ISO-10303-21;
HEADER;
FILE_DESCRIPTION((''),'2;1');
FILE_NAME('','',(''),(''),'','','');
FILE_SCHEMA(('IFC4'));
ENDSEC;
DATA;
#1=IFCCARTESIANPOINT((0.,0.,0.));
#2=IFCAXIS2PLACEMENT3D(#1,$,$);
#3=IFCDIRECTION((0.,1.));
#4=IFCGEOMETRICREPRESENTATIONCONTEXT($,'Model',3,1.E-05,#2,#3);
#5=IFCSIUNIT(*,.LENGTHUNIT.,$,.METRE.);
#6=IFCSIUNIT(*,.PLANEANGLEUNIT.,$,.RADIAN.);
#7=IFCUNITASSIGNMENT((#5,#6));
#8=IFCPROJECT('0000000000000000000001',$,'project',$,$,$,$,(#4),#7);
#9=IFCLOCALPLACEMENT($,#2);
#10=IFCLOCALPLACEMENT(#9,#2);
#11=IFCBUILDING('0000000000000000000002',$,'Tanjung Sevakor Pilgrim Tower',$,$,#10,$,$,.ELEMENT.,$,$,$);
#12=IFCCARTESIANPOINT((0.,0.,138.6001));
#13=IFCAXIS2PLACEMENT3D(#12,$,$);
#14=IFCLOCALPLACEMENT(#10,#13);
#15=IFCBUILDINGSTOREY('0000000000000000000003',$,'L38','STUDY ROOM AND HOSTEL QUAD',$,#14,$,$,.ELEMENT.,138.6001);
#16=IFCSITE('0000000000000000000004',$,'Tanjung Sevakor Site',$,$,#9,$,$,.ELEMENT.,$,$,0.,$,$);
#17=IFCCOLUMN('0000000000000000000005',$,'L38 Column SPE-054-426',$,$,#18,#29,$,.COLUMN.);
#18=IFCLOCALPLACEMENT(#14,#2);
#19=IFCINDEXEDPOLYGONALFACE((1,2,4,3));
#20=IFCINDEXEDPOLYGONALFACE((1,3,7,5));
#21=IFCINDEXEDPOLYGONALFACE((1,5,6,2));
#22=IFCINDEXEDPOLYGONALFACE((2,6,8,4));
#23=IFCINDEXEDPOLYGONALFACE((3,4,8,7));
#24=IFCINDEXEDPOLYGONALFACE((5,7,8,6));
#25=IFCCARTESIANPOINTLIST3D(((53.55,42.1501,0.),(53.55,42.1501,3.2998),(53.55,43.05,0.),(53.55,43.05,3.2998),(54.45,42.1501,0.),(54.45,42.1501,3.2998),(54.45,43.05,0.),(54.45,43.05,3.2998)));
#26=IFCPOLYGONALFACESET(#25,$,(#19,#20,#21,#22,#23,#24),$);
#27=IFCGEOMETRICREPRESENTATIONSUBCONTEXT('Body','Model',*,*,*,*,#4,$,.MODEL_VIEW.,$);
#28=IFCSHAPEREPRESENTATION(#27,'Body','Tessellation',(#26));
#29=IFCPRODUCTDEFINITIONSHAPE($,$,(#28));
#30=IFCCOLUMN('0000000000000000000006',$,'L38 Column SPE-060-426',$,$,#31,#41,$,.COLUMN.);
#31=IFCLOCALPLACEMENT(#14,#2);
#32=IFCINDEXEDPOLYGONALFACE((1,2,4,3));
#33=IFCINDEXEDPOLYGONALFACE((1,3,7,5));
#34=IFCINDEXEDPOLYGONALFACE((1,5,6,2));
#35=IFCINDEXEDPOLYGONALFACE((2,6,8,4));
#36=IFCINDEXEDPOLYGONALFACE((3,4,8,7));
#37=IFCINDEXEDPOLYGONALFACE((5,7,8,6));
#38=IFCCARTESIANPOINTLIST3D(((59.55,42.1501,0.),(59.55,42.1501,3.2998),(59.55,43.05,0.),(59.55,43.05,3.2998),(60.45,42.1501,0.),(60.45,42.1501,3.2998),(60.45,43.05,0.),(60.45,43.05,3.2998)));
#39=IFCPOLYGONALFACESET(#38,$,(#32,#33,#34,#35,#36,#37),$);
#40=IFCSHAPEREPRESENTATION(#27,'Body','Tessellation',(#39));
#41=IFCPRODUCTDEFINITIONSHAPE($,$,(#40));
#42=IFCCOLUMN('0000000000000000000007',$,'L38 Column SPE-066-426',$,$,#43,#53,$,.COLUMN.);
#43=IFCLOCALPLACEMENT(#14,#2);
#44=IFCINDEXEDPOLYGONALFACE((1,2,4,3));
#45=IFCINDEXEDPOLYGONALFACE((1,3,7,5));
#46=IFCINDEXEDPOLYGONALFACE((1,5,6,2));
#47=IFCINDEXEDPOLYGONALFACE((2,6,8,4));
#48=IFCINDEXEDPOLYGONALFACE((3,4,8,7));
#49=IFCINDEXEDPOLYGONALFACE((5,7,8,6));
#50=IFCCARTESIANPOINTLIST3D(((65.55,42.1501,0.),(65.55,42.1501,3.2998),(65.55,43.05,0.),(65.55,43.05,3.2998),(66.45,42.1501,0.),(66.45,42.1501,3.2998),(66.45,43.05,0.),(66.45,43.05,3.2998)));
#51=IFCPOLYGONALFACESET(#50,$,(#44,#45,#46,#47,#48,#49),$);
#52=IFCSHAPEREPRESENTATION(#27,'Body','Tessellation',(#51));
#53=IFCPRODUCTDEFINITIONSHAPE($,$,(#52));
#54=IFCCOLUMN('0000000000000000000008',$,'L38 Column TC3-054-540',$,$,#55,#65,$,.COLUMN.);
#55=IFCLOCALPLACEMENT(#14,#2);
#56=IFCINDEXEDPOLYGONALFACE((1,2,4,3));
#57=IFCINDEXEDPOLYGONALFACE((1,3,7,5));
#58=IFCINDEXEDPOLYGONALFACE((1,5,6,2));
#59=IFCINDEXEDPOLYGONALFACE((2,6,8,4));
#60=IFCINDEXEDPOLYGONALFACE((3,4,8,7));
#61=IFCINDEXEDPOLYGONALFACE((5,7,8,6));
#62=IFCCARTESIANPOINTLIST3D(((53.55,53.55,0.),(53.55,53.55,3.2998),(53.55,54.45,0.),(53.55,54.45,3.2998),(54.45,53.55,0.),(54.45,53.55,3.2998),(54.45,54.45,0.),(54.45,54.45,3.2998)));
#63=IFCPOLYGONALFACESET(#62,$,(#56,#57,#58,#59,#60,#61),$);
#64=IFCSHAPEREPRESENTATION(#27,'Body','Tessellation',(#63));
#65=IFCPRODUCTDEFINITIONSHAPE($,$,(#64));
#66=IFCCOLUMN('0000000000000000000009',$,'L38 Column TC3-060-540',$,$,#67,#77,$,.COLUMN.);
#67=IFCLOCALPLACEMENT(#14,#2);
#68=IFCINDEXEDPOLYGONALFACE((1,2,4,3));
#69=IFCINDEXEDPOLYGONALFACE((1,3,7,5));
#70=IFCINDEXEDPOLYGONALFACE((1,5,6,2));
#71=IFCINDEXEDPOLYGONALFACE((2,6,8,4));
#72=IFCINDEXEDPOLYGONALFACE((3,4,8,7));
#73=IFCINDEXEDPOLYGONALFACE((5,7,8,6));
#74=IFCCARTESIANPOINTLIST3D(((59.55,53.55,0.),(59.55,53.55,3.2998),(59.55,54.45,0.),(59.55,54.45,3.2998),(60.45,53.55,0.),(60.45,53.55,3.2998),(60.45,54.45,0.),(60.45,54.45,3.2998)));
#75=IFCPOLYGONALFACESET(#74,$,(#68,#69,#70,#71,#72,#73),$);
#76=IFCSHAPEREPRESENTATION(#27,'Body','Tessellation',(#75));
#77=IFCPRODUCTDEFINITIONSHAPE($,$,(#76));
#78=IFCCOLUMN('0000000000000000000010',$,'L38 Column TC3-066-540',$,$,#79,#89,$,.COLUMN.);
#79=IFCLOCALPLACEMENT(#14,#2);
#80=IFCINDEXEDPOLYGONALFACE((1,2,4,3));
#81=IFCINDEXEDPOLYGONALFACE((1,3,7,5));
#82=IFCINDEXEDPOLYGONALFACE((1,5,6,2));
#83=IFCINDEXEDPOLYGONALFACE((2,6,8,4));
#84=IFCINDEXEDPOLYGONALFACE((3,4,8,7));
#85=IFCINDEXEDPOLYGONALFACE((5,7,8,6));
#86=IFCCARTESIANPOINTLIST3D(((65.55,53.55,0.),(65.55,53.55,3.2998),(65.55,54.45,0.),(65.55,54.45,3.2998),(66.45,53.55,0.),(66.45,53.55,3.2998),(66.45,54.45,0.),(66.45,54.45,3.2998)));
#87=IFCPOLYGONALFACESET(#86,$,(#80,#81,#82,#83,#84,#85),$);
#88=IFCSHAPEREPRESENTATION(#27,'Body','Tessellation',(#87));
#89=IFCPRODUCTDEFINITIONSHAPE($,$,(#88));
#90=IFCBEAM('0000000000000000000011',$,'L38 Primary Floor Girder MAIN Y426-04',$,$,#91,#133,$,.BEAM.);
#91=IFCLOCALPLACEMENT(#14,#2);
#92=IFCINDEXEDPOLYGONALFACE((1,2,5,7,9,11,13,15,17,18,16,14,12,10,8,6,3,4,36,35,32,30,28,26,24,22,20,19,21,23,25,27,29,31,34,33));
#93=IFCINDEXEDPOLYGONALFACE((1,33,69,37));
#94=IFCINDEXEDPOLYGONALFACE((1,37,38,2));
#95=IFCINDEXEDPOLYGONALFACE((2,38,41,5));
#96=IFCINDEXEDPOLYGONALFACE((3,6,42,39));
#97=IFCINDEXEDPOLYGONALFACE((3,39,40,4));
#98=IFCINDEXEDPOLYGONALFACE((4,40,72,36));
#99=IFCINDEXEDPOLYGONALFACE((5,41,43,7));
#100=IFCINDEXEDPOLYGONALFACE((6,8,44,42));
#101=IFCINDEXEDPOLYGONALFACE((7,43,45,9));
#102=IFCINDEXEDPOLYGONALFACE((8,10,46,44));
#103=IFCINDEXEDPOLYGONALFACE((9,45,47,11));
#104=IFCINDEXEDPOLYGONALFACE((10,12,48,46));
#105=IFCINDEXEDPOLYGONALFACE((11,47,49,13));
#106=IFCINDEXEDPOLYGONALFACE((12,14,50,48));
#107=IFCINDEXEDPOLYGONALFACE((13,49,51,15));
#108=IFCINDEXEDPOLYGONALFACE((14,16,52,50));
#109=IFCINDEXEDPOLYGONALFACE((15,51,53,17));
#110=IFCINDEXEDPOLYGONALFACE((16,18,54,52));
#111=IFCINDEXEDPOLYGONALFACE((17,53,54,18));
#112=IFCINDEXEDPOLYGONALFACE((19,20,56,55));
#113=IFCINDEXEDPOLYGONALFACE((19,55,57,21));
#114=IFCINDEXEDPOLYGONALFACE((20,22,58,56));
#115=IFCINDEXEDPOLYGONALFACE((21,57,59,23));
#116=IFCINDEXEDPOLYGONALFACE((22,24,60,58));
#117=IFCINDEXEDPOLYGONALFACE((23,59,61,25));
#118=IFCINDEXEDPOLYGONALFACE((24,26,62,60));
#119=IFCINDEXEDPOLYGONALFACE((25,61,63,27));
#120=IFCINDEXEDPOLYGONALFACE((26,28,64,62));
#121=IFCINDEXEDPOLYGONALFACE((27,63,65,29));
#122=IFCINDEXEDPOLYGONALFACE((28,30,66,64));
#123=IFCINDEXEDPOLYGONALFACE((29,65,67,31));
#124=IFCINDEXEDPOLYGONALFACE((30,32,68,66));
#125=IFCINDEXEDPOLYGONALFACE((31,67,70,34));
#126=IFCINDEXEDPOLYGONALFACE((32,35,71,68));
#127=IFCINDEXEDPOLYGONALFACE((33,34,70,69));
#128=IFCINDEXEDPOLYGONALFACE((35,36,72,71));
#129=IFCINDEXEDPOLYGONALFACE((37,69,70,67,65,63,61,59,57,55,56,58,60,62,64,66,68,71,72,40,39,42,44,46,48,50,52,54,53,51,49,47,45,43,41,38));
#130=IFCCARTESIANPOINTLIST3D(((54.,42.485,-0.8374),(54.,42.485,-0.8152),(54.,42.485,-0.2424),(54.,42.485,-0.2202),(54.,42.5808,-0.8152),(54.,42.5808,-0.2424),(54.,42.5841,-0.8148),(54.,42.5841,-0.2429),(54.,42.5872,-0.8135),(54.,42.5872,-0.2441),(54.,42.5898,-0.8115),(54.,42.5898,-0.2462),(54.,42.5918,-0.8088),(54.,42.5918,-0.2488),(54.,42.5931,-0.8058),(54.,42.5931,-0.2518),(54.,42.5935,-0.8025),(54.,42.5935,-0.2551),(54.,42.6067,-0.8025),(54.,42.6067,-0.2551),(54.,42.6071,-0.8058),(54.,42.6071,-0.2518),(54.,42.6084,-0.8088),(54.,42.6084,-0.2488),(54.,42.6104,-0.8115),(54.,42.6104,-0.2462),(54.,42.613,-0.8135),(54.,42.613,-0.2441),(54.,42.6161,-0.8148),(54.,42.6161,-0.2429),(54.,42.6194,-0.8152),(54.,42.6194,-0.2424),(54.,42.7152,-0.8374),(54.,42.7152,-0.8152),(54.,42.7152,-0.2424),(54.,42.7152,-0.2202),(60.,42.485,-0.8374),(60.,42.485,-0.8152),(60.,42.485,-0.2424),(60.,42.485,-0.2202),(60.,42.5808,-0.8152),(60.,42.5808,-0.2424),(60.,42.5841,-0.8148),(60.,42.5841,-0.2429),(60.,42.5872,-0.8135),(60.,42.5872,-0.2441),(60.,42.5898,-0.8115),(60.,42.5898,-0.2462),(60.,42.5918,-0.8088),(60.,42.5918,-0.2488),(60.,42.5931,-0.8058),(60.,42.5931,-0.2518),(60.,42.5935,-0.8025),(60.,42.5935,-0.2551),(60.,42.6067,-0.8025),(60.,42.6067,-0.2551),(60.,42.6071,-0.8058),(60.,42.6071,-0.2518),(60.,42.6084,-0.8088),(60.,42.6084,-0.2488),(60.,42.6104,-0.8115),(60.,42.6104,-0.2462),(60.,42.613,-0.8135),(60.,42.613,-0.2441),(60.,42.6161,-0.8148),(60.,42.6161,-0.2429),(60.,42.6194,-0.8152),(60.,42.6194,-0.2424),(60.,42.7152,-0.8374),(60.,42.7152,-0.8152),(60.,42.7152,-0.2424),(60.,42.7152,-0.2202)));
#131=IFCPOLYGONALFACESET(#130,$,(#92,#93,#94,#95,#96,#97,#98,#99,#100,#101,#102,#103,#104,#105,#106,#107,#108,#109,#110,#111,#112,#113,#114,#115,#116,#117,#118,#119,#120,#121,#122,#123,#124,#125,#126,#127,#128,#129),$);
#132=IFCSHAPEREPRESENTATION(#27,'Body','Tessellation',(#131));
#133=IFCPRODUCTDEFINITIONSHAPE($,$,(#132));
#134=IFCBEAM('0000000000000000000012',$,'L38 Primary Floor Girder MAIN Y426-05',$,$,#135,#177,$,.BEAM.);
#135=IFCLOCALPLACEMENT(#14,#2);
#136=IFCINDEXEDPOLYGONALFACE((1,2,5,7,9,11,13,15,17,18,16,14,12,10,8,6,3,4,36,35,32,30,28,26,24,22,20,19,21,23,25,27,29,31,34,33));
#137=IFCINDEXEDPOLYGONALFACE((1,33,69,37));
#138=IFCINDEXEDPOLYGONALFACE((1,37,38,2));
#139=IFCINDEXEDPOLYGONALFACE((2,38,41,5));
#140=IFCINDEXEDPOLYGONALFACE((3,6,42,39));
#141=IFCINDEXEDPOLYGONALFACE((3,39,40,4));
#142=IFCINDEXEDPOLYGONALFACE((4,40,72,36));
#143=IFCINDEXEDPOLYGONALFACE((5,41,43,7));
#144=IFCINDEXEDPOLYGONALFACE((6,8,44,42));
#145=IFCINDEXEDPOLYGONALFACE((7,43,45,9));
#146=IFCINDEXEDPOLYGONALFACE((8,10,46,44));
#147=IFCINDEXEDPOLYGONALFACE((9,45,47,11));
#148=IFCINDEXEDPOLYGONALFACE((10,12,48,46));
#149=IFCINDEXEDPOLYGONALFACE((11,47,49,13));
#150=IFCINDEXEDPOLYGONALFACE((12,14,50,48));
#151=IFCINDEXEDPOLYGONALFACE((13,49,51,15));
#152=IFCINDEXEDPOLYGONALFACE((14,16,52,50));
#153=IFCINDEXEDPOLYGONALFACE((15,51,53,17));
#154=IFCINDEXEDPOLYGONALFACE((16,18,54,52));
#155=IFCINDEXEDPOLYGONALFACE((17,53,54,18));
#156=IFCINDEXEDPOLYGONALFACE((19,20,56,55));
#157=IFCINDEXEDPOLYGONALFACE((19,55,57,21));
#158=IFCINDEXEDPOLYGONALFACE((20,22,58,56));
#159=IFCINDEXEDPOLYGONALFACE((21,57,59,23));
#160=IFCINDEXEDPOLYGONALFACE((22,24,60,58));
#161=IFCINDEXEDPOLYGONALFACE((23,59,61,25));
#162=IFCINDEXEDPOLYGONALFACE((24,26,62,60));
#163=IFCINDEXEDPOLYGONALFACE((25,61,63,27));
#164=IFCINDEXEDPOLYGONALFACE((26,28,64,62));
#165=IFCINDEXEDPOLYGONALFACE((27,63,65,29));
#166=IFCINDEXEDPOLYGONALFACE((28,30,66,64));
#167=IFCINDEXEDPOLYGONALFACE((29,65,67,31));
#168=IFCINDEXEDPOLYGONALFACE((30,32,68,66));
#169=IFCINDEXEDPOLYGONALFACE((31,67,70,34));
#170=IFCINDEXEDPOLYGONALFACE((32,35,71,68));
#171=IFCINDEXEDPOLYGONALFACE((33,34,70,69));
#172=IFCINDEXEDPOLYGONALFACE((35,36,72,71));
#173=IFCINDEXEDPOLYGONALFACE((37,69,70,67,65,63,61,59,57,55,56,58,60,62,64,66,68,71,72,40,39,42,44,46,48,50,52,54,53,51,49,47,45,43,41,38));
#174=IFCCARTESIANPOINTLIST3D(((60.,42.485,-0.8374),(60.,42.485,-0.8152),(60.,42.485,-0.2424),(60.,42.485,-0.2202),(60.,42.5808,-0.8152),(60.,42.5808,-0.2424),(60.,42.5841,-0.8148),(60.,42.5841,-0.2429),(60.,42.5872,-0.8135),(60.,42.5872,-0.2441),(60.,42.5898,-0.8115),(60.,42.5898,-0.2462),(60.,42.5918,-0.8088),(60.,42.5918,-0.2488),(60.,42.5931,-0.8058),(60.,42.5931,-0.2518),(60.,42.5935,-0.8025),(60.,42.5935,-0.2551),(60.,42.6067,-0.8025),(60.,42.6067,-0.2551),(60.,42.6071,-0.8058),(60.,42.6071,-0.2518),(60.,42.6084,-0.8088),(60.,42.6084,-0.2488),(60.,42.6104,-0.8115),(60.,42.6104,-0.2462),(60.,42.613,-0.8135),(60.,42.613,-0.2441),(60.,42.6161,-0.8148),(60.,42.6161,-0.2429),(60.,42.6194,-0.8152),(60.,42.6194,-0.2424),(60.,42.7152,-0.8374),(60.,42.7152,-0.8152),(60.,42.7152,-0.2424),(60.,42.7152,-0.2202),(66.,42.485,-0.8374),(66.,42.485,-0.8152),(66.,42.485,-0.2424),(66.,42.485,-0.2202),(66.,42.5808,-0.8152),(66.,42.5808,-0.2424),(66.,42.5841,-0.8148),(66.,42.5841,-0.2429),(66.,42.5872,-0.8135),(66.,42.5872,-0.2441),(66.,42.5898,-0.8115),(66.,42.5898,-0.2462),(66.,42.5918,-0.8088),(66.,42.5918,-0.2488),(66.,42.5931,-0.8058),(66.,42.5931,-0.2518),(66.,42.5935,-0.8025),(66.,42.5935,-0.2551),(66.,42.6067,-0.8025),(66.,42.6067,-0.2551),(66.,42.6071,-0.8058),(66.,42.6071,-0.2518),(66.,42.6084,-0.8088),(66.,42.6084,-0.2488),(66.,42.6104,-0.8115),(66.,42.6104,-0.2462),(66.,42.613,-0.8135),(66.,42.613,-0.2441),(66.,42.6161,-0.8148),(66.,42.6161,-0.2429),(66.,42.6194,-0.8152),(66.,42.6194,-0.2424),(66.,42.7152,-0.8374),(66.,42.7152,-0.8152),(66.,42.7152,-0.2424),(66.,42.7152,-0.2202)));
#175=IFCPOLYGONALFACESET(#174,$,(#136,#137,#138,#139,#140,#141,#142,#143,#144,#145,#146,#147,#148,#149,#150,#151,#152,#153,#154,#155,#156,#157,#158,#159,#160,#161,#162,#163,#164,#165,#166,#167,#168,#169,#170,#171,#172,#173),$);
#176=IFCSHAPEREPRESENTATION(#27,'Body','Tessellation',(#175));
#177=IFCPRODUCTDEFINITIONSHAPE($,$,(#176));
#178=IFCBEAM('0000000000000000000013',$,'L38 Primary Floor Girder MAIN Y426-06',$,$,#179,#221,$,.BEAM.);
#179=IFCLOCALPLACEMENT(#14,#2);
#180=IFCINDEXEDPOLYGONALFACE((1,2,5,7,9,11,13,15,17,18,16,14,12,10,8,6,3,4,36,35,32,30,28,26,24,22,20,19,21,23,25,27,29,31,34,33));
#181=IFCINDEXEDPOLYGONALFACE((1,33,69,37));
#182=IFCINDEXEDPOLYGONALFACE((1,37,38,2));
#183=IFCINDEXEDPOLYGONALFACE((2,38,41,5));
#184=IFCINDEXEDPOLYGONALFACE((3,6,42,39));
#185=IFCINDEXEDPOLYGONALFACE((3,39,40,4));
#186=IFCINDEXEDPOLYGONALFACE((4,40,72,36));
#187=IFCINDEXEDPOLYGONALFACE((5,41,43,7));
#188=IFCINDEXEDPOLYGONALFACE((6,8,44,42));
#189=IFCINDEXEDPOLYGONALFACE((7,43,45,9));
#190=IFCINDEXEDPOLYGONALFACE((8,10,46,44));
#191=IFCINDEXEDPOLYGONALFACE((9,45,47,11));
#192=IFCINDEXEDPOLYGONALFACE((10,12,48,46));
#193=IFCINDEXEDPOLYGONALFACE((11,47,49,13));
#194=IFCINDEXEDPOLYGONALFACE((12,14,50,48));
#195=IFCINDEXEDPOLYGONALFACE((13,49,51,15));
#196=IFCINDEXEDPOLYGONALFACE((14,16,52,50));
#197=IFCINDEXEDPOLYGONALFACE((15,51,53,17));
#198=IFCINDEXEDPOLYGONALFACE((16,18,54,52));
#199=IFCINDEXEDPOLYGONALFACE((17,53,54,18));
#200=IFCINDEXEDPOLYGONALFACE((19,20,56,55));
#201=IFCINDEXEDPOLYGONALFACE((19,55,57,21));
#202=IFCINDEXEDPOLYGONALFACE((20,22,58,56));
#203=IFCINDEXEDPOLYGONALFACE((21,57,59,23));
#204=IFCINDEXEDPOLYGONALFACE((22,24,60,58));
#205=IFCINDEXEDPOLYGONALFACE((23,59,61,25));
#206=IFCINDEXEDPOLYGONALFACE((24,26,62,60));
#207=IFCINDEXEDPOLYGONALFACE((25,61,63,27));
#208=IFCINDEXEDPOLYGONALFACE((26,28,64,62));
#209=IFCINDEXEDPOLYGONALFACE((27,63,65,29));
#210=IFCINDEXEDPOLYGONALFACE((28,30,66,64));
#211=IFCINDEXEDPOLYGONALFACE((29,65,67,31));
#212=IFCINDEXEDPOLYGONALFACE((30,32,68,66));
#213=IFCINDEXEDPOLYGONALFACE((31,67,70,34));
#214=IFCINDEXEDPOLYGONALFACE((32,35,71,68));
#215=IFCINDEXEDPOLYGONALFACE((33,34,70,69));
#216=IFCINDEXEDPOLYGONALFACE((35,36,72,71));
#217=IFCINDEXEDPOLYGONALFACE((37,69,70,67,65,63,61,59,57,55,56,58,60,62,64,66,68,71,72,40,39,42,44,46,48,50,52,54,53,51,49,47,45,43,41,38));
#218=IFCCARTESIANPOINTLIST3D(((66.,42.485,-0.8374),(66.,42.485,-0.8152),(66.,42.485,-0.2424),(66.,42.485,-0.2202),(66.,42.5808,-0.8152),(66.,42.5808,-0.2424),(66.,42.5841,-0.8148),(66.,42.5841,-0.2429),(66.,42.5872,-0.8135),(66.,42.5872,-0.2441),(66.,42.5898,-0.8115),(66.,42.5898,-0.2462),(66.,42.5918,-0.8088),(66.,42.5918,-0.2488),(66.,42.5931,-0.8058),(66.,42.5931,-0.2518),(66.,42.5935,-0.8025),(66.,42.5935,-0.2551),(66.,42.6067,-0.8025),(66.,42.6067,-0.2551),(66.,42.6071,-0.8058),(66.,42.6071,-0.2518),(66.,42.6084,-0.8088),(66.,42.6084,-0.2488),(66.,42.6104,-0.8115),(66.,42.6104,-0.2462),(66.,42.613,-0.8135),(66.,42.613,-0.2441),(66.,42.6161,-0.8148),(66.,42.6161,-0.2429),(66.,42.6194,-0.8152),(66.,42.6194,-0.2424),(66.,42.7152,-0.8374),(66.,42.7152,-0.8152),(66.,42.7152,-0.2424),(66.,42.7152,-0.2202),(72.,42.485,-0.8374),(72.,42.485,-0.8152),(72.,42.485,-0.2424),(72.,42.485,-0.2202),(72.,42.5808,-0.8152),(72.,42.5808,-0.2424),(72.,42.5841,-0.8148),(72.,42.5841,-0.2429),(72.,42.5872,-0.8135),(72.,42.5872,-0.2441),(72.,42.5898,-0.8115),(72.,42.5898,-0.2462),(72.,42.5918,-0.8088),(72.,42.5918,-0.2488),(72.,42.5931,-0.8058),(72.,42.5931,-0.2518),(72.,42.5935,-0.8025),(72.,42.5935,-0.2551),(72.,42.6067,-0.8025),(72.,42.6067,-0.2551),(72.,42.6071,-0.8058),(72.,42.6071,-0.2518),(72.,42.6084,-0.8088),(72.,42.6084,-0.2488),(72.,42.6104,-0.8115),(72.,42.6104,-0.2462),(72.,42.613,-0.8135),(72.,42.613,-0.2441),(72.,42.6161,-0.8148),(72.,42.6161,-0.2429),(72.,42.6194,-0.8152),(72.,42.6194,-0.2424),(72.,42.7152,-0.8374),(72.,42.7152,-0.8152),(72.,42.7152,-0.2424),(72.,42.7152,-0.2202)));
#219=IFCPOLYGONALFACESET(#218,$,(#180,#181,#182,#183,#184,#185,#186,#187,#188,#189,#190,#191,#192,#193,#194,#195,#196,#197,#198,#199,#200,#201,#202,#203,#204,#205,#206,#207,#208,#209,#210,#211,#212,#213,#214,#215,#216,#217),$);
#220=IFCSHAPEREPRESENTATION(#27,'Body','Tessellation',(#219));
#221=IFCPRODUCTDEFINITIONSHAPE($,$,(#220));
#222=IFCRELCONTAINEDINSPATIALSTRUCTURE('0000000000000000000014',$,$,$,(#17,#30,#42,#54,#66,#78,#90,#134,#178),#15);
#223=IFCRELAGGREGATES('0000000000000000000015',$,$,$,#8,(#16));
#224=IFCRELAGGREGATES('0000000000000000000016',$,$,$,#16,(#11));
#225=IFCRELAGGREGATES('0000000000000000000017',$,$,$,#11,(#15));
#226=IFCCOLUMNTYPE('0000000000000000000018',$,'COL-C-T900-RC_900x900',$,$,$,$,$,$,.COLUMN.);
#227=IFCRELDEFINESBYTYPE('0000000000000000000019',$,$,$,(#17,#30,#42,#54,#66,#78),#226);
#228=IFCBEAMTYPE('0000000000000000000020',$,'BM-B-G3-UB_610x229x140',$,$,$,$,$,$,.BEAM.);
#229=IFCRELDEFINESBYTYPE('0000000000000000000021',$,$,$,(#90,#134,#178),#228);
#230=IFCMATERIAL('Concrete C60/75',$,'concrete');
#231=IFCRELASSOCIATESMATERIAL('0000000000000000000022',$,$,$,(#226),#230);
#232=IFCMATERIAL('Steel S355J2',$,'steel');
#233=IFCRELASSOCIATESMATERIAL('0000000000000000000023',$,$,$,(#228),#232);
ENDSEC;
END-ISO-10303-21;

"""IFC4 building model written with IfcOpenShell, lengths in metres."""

from ifc_helpers import new_model, si_unit, direction, frame, origin, origin_2d, place, context, subcontext, project, spatial, rectangle, i_section, extrude, material, material_profile, profile_set, type_object, element, save


model = new_model("IFC4")

# Units and contexts
model_context = context("Model", 3, precision=1e-05, world=origin(), true_north=direction((0.0, 1.0)))
body_context = subcontext(model_context, "Body", "Model", "MODEL_VIEW")
ifc_project = project(units=[si_unit("LENGTHUNIT", "METRE"), si_unit("PLANEANGLEUNIT", "RADIAN")], contexts=[model_context])

# Site, building, storey
site_placement = place(None, origin())
site = spatial("IfcSite", under=ifc_project, at=site_placement, Name="Tanjung Sevakor Site", CompositionType="ELEMENT", RefElevation=0.0)
building_placement = place(site_placement, origin())
building = spatial("IfcBuilding", under=site, at=building_placement, Name="Tanjung Sevakor Pilgrim Tower", CompositionType="ELEMENT")
storey_placement = place(building_placement, frame((0.0, 0.0, 138.6001)))
storey = spatial("IfcBuildingStorey", under=building, at=storey_placement, Name="L38", Description="STUDY ROOM AND HOSTEL QUAD", CompositionType="ELEMENT", Elevation=138.6001)

# Columns
ifc_material_1 = material(Name="Concrete C60/75", Category="concrete")
ifc_material_profile_1 = material_profile(ifc_material_1, rectangle(XDim=0.8999, YDim=0.8999, at=origin_2d()))
ifc_profile_set_1 = profile_set([ifc_material_profile_1], Name="Concrete C60/75")
column_type = type_object("IfcColumnType", Name="COL-C-T900-RC_900x900", PredefinedType="COLUMN", material=ifc_profile_set_1)
for number, where, z_axis, x_axis, name in (
    (1, (54.0, 42.6001, 0.0), (0.0, 0.0, 1.0), (1.0, 0.0, 0.0), "L38 Column SPE-054-426"),
    (2, (60.0, 42.6001, 0.0), (0.0, 0.0, 1.0), (1.0, 0.0, 0.0), "L38 Column SPE-060-426"),
    (3, (66.0, 42.6001, 0.0), (0.0, 0.0, 1.0), (1.0, 0.0, 0.0), "L38 Column SPE-066-426"),
    (4, (54.0, 54.0, 0.0), (0.0, 0.0, 1.0), (1.0, 0.0, 0.0), "L38 Column TC3-054-540"),
    (5, (60.0, 54.0, 0.0), (0.0, 0.0, 1.0), (1.0, 0.0, 0.0), "L38 Column TC3-060-540"),
    (6, (66.0, 54.0, 0.0), (0.0, 0.0, 1.0), (1.0, 0.0, 0.0), "L38 Column TC3-066-540"),
):
    element("IfcColumn", number, at=place(storey_placement, frame(where, z_axis=z_axis, x_axis=x_axis)), inside=storey, type_object=column_type, Name=name, PredefinedType="COLUMN", context=body_context, shape_type="SweptSolid", body=[
        extrude(rectangle(XDim=0.8999, YDim=0.8999, at=origin_2d()), origin(), (0.0, 0.0, 1.0), 3.2998),
    ])

# Beams
ifc_material_2 = material(Name="Steel S355J2", Category="steel")
ifc_material_profile_2 = material_profile(ifc_material_2, i_section(OverallWidth=0.2302, OverallDepth=0.6172, WebThickness=0.0132, FlangeThickness=0.0222, FilletRadius=0.0127, at=origin_2d()))
ifc_profile_set_2 = profile_set([ifc_material_profile_2], Name="Steel S355J2")
beam_type_1 = type_object("IfcBeamType", Name="BM-B-G3-UB_610x229x140", PredefinedType="BEAM", material=ifc_profile_set_2)
for number, where, z_axis, x_axis, name in (
    (7, (54.0, 42.6001, -0.5288), (1.0, 0.0, 0.0), (0.0, 1.0, 0.0), "L38 Primary Floor Girder MAIN Y426-04"),
    (8, (60.0, 42.6001, -0.5288), (1.0, 0.0, 0.0), (0.0, 1.0, 0.0), "L38 Primary Floor Girder MAIN Y426-05"),
    (9, (66.0, 42.6001, -0.5288), (1.0, 0.0, 0.0), (0.0, 1.0, 0.0), "L38 Primary Floor Girder MAIN Y426-06"),
):
    element("IfcBeam", number, at=place(storey_placement, frame(where, z_axis=z_axis, x_axis=x_axis)), inside=storey, type_object=beam_type_1, Name=name, PredefinedType="BEAM", context=body_context, shape_type="SweptSolid", body=[
        extrude(i_section(OverallWidth=0.2302, OverallDepth=0.6172, WebThickness=0.0132, FlangeThickness=0.0222, FilletRadius=0.0127, at=origin_2d()), origin(), (0.0, 0.0, 1.0), 6.0),
    ])

save(model, "model.ifc")
